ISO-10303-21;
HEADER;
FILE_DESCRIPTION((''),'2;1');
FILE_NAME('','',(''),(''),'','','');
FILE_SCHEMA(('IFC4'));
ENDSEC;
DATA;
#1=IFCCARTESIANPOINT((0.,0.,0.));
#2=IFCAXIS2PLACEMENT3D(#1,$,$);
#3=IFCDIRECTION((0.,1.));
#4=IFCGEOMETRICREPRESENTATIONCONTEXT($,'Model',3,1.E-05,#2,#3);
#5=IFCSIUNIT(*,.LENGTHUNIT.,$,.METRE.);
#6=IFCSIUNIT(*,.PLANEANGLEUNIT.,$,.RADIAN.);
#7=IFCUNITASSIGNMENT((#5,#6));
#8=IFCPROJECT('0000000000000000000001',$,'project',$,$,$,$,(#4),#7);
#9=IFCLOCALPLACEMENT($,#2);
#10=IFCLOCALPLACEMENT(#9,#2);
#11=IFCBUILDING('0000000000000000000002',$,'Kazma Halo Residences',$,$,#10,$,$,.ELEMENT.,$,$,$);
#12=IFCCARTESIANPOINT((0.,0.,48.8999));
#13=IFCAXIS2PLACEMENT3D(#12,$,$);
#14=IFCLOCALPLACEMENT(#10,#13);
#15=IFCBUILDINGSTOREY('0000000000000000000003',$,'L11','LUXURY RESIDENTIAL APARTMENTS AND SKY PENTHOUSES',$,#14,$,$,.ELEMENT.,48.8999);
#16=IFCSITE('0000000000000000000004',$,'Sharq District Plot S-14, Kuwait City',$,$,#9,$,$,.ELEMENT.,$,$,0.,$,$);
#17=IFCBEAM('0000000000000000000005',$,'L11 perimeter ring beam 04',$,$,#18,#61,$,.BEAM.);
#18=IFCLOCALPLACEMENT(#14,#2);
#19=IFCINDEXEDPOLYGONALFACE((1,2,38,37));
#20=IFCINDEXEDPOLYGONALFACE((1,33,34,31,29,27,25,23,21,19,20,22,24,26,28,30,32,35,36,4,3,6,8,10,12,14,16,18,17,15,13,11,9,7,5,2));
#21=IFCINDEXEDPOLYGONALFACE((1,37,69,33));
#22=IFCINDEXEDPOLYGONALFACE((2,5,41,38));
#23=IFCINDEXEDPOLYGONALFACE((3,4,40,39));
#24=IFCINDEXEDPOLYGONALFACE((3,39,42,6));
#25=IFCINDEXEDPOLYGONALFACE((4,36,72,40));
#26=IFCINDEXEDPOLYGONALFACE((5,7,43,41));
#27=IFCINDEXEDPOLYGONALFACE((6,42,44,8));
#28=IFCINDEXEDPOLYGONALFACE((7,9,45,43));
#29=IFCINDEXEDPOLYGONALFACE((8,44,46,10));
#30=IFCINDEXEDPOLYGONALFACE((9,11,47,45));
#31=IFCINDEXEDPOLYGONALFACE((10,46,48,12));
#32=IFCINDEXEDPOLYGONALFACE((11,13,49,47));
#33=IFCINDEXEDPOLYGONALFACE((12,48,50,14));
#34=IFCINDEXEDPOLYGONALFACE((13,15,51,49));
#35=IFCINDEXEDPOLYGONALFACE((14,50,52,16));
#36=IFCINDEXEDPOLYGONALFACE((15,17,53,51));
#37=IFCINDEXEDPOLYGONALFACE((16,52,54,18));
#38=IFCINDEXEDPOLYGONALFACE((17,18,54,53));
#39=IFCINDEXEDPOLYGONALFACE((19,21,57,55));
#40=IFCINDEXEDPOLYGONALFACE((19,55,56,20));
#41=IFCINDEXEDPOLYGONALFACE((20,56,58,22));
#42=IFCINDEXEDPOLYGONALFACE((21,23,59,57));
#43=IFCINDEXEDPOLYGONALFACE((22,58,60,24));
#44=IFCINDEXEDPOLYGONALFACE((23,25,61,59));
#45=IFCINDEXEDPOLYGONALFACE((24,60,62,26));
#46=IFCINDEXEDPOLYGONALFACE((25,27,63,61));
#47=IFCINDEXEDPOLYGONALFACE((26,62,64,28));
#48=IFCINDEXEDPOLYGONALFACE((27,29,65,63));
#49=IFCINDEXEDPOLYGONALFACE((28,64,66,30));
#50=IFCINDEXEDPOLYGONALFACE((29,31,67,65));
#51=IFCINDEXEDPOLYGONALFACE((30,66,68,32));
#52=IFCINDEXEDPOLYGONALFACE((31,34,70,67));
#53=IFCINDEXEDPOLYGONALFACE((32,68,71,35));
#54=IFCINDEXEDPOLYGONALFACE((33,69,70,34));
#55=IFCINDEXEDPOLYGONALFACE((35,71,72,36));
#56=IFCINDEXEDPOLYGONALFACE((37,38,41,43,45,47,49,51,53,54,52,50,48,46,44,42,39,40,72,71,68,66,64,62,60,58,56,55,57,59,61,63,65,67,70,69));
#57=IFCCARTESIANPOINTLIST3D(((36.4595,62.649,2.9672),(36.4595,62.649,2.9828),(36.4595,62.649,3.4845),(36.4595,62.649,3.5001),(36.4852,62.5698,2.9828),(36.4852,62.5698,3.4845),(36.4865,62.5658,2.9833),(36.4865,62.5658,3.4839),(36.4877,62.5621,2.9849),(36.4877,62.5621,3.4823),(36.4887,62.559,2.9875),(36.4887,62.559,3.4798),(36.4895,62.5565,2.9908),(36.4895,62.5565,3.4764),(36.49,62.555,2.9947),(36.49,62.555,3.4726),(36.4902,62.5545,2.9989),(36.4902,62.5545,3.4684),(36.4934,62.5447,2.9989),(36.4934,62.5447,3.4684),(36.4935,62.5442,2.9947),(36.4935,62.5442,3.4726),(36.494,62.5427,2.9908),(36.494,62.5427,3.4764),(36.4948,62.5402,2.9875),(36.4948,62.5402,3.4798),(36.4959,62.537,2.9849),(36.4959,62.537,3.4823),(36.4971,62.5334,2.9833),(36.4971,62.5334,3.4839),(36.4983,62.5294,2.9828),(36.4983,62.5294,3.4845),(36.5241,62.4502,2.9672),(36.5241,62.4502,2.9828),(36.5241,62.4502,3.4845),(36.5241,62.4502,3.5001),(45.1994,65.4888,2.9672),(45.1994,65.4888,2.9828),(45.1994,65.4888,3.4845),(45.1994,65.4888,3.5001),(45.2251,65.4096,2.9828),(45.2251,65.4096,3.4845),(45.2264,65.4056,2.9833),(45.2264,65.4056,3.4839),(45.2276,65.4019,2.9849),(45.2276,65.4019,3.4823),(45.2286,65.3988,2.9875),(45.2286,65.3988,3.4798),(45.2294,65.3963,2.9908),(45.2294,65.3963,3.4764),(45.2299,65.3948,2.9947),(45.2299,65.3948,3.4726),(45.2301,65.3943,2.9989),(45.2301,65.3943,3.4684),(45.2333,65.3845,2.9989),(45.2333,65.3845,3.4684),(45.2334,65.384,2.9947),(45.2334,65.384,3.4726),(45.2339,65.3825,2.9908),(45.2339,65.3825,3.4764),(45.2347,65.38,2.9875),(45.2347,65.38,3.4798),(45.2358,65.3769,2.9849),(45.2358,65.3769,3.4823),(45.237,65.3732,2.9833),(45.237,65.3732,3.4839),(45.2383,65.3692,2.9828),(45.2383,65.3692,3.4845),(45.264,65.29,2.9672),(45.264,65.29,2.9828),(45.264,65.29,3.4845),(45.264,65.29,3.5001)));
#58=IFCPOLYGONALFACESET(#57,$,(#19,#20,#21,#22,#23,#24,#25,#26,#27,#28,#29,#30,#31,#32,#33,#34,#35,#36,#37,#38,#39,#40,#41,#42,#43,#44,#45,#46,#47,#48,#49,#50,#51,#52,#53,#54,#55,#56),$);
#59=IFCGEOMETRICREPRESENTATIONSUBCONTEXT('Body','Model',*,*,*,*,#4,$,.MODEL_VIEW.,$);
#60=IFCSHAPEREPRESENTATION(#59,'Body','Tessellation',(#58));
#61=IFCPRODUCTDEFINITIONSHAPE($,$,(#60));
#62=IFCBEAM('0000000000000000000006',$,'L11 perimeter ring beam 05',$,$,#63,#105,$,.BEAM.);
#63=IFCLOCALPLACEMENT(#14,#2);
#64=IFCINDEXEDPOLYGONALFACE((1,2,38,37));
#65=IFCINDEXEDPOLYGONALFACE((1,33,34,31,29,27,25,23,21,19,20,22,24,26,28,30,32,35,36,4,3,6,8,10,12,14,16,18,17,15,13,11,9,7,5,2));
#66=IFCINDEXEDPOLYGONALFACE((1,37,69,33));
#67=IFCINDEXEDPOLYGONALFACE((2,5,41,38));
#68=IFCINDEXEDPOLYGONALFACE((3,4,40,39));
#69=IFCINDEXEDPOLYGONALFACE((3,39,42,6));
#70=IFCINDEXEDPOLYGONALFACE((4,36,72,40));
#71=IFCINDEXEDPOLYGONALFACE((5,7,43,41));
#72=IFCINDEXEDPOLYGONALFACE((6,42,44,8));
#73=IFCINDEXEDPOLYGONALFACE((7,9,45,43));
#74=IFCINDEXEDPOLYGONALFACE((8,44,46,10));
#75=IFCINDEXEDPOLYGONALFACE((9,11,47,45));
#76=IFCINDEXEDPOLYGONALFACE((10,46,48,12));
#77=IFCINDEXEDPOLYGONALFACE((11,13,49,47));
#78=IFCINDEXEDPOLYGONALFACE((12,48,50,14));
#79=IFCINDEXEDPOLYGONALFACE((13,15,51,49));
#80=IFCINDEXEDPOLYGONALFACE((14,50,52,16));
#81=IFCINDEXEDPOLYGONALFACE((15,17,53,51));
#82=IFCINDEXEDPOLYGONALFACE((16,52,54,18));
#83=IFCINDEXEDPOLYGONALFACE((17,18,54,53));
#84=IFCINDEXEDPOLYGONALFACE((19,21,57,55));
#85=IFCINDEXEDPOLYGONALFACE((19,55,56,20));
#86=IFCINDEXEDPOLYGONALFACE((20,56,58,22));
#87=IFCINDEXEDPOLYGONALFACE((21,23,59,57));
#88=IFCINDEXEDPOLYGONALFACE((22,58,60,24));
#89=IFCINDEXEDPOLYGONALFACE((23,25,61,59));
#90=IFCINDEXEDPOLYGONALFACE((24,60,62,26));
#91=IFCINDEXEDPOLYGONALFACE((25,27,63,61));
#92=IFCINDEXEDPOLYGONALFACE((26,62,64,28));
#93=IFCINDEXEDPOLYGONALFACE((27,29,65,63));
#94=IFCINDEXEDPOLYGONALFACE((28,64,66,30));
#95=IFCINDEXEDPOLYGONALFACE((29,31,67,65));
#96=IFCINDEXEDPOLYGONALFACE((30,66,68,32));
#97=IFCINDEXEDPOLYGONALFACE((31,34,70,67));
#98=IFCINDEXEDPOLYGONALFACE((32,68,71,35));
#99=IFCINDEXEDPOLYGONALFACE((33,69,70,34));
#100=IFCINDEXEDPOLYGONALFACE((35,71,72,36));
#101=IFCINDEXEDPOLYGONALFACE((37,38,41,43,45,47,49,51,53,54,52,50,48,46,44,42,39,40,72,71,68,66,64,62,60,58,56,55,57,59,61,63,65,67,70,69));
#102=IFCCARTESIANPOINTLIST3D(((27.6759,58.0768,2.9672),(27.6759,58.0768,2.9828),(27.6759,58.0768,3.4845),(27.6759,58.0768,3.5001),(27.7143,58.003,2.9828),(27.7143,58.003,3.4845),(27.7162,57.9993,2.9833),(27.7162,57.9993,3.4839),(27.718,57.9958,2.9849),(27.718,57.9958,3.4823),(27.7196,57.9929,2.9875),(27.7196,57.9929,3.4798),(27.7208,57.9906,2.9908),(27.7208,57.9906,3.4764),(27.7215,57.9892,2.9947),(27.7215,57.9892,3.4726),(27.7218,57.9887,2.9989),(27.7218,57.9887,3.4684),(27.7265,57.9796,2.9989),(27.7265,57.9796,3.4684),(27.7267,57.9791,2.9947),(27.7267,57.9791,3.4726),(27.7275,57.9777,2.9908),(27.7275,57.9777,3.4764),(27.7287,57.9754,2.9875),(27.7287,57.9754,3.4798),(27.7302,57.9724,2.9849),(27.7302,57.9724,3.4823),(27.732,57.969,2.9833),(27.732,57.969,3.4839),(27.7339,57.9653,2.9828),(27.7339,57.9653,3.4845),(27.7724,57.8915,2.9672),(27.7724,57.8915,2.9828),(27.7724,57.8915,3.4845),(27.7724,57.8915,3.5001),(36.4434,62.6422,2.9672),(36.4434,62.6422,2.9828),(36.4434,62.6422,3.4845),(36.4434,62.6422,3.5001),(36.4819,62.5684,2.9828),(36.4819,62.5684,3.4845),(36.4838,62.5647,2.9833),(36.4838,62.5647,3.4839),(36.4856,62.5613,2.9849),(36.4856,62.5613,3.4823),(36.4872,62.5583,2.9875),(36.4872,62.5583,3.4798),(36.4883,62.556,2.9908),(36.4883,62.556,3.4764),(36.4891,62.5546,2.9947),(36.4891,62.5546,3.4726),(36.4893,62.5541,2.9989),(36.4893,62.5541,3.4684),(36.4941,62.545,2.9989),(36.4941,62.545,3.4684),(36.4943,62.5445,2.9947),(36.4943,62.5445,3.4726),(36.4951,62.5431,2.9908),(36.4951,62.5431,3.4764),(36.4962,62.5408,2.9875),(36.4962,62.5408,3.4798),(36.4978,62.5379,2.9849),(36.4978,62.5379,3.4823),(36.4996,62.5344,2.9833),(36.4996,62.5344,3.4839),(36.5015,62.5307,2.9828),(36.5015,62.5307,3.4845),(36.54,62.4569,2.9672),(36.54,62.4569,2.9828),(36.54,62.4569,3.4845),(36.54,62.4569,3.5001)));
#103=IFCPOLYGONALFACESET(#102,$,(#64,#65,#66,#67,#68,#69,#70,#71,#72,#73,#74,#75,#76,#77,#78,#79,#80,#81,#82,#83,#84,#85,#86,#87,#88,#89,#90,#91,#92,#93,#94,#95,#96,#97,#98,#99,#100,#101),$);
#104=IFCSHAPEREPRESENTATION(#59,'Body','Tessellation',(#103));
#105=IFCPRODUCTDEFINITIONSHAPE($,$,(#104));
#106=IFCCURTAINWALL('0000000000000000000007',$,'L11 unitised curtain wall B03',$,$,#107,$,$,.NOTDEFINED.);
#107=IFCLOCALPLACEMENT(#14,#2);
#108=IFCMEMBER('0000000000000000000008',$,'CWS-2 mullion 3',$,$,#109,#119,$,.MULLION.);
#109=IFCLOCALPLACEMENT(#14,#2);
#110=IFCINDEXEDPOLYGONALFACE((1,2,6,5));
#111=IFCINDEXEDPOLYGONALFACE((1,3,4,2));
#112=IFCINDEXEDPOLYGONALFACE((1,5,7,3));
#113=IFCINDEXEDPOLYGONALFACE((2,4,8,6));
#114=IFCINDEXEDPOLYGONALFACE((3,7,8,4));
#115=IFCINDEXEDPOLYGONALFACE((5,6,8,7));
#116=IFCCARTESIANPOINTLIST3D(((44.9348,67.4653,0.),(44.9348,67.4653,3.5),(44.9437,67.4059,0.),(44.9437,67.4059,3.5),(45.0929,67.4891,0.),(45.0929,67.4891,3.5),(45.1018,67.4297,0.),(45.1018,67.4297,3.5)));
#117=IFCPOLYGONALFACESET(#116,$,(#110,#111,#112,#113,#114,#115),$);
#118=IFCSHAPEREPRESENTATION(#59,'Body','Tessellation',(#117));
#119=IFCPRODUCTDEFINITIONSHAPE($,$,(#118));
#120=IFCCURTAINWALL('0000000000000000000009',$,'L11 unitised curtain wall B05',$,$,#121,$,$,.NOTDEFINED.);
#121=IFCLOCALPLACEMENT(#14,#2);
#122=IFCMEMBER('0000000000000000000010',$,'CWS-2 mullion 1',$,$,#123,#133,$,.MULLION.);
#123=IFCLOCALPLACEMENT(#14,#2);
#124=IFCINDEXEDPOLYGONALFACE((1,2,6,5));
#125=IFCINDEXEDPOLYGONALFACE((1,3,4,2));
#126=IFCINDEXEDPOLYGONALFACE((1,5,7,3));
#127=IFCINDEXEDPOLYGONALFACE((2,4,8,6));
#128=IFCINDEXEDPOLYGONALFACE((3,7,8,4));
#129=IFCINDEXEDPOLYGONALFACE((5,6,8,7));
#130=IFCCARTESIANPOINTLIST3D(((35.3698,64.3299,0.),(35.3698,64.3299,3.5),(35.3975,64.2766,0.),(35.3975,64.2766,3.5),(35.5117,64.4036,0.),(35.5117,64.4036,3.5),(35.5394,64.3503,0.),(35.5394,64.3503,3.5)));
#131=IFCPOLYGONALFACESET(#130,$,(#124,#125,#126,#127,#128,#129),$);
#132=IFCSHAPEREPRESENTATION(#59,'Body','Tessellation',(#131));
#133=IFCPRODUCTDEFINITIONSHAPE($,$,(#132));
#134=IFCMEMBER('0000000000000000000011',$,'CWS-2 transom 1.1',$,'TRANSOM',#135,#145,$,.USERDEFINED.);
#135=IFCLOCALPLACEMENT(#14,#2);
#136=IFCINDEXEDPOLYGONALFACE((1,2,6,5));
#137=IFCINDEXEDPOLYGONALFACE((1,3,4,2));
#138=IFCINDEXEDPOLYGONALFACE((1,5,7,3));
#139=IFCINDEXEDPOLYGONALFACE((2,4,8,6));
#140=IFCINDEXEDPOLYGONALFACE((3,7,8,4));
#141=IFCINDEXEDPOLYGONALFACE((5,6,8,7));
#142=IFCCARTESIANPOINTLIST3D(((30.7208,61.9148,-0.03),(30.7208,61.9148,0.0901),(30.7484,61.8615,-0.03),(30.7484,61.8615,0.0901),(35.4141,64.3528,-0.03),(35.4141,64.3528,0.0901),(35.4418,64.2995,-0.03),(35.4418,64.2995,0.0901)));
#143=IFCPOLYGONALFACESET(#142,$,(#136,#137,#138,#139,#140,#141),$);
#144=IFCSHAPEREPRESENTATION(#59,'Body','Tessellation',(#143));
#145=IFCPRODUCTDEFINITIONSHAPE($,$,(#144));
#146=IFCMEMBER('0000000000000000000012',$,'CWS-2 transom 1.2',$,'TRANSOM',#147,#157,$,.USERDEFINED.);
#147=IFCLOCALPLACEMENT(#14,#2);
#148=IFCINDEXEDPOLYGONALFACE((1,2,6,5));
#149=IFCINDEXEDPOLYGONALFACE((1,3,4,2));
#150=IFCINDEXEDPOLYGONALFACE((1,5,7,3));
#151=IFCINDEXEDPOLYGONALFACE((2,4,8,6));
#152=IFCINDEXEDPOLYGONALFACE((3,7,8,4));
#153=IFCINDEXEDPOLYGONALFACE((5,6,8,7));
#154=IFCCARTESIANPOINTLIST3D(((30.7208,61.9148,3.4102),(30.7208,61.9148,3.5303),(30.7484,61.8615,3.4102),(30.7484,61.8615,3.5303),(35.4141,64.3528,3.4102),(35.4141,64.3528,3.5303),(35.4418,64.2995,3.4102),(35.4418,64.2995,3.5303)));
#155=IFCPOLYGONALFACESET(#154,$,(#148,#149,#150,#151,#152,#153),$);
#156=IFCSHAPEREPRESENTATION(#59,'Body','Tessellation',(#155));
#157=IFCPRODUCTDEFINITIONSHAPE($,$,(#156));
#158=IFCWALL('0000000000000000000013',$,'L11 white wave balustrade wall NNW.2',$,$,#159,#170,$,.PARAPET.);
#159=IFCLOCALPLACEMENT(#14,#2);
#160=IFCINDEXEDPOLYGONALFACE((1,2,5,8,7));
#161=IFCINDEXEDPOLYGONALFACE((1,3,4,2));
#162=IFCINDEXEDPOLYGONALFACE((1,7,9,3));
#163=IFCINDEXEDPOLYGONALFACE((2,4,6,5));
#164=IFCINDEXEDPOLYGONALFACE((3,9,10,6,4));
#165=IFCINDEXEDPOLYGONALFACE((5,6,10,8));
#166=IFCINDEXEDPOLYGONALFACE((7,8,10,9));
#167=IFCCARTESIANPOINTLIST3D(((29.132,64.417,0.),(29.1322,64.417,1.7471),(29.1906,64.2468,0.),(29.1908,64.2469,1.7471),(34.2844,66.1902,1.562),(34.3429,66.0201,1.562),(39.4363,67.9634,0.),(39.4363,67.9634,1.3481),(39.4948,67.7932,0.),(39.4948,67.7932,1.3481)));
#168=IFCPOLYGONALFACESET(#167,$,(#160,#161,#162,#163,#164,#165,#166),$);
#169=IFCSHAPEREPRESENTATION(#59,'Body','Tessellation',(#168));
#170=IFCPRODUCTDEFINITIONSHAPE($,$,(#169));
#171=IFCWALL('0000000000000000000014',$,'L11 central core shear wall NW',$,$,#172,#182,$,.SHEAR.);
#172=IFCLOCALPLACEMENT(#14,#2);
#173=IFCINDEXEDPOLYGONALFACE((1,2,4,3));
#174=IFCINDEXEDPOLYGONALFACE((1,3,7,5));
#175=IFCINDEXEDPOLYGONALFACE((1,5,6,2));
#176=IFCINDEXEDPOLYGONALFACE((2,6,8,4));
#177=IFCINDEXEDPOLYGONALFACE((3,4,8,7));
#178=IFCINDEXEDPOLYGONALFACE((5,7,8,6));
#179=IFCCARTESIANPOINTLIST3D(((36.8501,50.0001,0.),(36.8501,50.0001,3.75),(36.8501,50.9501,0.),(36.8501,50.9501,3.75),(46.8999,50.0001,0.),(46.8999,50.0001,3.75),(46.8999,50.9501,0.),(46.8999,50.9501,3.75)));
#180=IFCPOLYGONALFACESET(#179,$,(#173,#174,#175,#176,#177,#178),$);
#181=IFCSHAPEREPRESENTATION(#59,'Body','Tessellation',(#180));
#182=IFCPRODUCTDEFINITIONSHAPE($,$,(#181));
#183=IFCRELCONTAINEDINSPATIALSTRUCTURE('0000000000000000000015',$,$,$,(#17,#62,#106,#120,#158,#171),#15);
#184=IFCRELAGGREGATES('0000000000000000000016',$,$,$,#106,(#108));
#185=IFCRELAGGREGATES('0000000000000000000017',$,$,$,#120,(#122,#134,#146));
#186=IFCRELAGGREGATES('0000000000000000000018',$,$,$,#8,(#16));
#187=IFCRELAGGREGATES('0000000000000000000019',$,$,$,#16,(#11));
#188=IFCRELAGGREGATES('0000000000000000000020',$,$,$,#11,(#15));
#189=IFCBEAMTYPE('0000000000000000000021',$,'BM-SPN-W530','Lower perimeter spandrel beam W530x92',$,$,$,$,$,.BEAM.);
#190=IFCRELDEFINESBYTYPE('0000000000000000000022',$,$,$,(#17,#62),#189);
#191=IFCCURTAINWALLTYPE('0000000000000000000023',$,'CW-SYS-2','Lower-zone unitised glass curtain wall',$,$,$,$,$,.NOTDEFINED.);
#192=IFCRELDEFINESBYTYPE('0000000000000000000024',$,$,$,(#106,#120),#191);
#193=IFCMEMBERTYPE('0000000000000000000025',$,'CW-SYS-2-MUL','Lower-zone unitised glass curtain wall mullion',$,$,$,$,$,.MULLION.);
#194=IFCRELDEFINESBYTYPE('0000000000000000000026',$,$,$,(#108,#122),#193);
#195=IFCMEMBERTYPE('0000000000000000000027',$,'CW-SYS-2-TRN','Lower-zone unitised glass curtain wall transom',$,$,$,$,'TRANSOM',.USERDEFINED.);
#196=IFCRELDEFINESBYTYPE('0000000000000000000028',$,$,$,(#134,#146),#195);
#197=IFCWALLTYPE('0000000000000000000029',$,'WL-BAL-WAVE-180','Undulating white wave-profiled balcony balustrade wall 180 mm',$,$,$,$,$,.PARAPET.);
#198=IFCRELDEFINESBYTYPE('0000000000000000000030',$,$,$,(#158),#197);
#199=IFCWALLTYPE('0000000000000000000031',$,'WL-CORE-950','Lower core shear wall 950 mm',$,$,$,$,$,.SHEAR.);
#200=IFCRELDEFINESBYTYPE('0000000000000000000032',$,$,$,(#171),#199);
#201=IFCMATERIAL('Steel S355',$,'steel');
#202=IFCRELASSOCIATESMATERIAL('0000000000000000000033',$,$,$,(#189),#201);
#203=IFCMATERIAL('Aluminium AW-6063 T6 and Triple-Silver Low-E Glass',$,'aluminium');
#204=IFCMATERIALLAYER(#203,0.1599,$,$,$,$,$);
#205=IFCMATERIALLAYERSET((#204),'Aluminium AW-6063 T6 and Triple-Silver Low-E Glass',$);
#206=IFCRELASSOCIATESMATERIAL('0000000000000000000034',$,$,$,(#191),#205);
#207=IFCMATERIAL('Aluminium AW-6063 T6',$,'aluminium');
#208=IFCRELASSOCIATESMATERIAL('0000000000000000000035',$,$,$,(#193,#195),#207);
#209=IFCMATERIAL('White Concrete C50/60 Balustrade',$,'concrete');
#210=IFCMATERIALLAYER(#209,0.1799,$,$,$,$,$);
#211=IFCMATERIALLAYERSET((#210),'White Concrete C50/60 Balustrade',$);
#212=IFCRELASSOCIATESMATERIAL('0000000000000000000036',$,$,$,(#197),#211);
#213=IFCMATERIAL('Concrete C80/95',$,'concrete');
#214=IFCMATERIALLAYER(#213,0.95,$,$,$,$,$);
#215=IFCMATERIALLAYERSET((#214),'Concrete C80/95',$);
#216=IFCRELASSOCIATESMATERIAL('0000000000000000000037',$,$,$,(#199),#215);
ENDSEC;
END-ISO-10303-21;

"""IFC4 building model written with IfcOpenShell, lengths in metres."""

from ifc_helpers import new_model, si_unit, direction, frame, frame_2d, origin, origin_2d, place, context, subcontext, project, spatial, polyline, rectangle, i_section, outline, extrude, material, layer, layer_set, material_profile, profile_set, type_object, element, aggregate, save


model = new_model("IFC4")

# Units and contexts
model_context = context("Model", 3, precision=1e-05, world=origin(), true_north=direction((0.0, 1.0)))
body_context = subcontext(model_context, "Body", "Model", "MODEL_VIEW")
ifc_project = project(units=[si_unit("LENGTHUNIT", "METRE"), si_unit("PLANEANGLEUNIT", "RADIAN")], contexts=[model_context])

# Site, building, storey
site_placement = place(None, origin())
site = spatial("IfcSite", under=ifc_project, at=site_placement, Name="Sharq District Plot S-14, Kuwait City", CompositionType="ELEMENT", RefElevation=0.0)
building_placement = place(site_placement, origin())
building = spatial("IfcBuilding", under=site, at=building_placement, Name="Kazma Halo Residences", CompositionType="ELEMENT")
storey_placement = place(building_placement, frame((0.0, 0.0, 48.8999)))
storey = spatial("IfcBuildingStorey", under=building, at=storey_placement, Name="L11", Description="LUXURY RESIDENTIAL APARTMENTS AND SKY PENTHOUSES", CompositionType="ELEMENT", Elevation=48.8999)

# Shared definitions
ifc_material_1 = material(Name="Concrete C80/95", Category="concrete")

# Beams
ifc_material_2 = material(Name="Steel S355", Category="steel")
ifc_material_profile_1 = material_profile(ifc_material_2, i_section(OverallWidth=0.209, OverallDepth=0.533, WebThickness=0.0103, FlangeThickness=0.0156, FilletRadius=0.0161, at=origin_2d()), Name="W530x92")
ifc_profile_set_1 = profile_set([ifc_material_profile_1], Name="Steel S355")
beam_type_1 = type_object("IfcBeamType", Name="BM-SPN-W530", Description="Lower perimeter spandrel beam W530x92", PredefinedType="BEAM", material=ifc_profile_set_1)
beam_1_placement = place(storey_placement, frame((45.2317, 65.3894, 3.2336), z_axis=(-0.951055, -0.309022, 0.0), x_axis=(0.309022, -0.951055, 0.0)))
element("IfcBeam", 1, at=beam_1_placement, inside=storey, type_object=beam_type_1, Name="L11 perimeter ring beam 04", PredefinedType="BEAM", context=body_context, shape_type="SweptSolid", body=[
    extrude(i_section(OverallWidth=0.209, OverallDepth=0.533, WebThickness=0.0103, FlangeThickness=0.0156, FilletRadius=0.0161, at=origin_2d()), origin(), (0.0, 0.0, 1.0), 9.1897),
])
beam_2_placement = place(storey_placement, frame((36.4917, 62.5496, 3.2336), z_axis=(-0.886956, -0.461853, 0.0), x_axis=(0.461853, -0.886956, 0.0)))
element("IfcBeam", 2, at=beam_2_placement, inside=storey, type_object=beam_type_1, Name="L11 perimeter ring beam 05", PredefinedType="BEAM", context=body_context, shape_type="SweptSolid", body=[
    extrude(i_section(OverallWidth=0.209, OverallDepth=0.533, WebThickness=0.0103, FlangeThickness=0.0156, FilletRadius=0.0161, at=origin_2d()), origin(), (0.0, 0.0, 1.0), 9.885),
])

# Curtain wall, member
ifc_material_3 = material(Name="Aluminium AW-6063 T6 and Triple-Silver Low-E Glass", Category="aluminium")
ifc_layer_1 = layer(ifc_material_3, 0.1599)
ifc_layer_set_1 = layer_set([ifc_layer_1], Name="Aluminium AW-6063 T6 and Triple-Silver Low-E Glass")
curtain_wall_type = type_object("IfcCurtainWallType", Name="CW-SYS-2", Description="Lower-zone unitised glass curtain wall", PredefinedType="NOTDEFINED", material=ifc_layer_set_1)
curtain_wall_1_placement = place(storey_placement, origin())
curtain_wall_1 = element("IfcCurtainWall", 3, at=curtain_wall_1_placement, inside=storey, type_object=curtain_wall_type, Name="L11 unitised curtain wall B03", PredefinedType="NOTDEFINED")
ifc_material_4 = material(Name="Aluminium AW-6063 T6", Category="aluminium")
ifc_material_profile_2 = material_profile(ifc_material_4, rectangle(XDim=0.0601, YDim=0.1599, at=origin_2d()), Name="CWM-60x160")
ifc_profile_set_2 = profile_set([ifc_material_profile_2], Name="Aluminium AW-6063 T6")
member_type_1 = type_object("IfcMemberType", Name="CW-SYS-2-MUL", Description="Lower-zone unitised glass curtain wall mullion", PredefinedType="MULLION", material=ifc_profile_set_2)
member_1_placement = place(storey_placement, frame((45.0183, 67.4475, 0.0), z_axis=(0.0, 0.0, 1.0), x_axis=(0.148657, -0.988889, 0.0)))
member_1 = element("IfcMember", 4, at=member_1_placement, type_object=member_type_1, Name="CWS-2 mullion 3", PredefinedType="MULLION", context=body_context, shape_type="SweptSolid", body=[
    extrude(rectangle(XDim=0.0601, YDim=0.1599, at=origin_2d()), origin(), (0.0, 0.0, 1.0), 3.5),
])
aggregate(curtain_wall_1, [member_1])

# Curtain wall, members
curtain_wall_2_placement = place(storey_placement, origin())
curtain_wall_2 = element("IfcCurtainWall", 5, at=curtain_wall_2_placement, inside=storey, type_object=curtain_wall_type, Name="L11 unitised curtain wall B05", PredefinedType="NOTDEFINED")
member_2_placement = place(storey_placement, frame((35.4546, 64.3401, 0.0), z_axis=(0.0, 0.0, 1.0), x_axis=(0.460996, -0.887402, 0.0)))
member_2 = element("IfcMember", 6, at=member_2_placement, type_object=member_type_1, Name="CWS-2 mullion 1", PredefinedType="MULLION", context=body_context, shape_type="SweptSolid", body=[
    extrude(rectangle(XDim=0.0601, YDim=0.1599, at=origin_2d()), origin(), (0.0, 0.0, 1.0), 3.5),
])
ifc_material_profile_3 = material_profile(ifc_material_4, rectangle(XDim=0.0601, YDim=0.1201, at=origin_2d()), Name="CWT-60x120")
ifc_profile_set_3 = profile_set([ifc_material_profile_3], Name="Aluminium AW-6063 T6")
member_type_2 = type_object("IfcMemberType", Name="CW-SYS-2-TRN", Description="Lower-zone unitised glass curtain wall transom", ElementType="TRANSOM", PredefinedType="USERDEFINED", material=ifc_profile_set_3)
member_3_placement = place(storey_placement, frame((35.428, 64.3262, 0.03), z_axis=(-0.887415, -0.460972, 0.0), x_axis=(0.460972, -0.887415, 0.0)))
member_3 = element("IfcMember", 7, at=member_3_placement, type_object=member_type_2, Name="CWS-2 transom 1.1", ObjectType="TRANSOM", PredefinedType="USERDEFINED", context=body_context, shape_type="SweptSolid", body=[
    extrude(rectangle(XDim=0.0601, YDim=0.1201, at=origin_2d()), origin(), (0.0, 0.0, 1.0), 5.2888),
])
member_4_placement = place(storey_placement, frame((35.428, 64.3262, 3.4702), z_axis=(-0.887415, -0.460972, 0.0), x_axis=(0.460972, -0.887415, 0.0)))
member_4 = element("IfcMember", 8, at=member_4_placement, type_object=member_type_2, Name="CWS-2 transom 1.2", ObjectType="TRANSOM", PredefinedType="USERDEFINED", context=body_context, shape_type="SweptSolid", body=[
    extrude(rectangle(XDim=0.0601, YDim=0.1201, at=origin_2d()), origin(), (0.0, 0.0, 1.0), 5.2888),
])
aggregate(curtain_wall_2, [member_2, member_3, member_4])

# Walls
ifc_material_5 = material(Name="White Concrete C50/60 Balustrade", Category="concrete")
ifc_layer_2 = layer(ifc_material_5, 0.1799)
ifc_layer_set_2 = layer_set([ifc_layer_2], Name="White Concrete C50/60 Balustrade")
wall_type_1 = type_object("IfcWallType", Name="WL-BAL-WAVE-180", Description="Undulating white wave-profiled balcony balustrade wall 180 mm", PredefinedType="PARAPET", material=ifc_layer_set_2)
wall_1_placement = place(storey_placement, frame((39.4656, 67.8782, 0.0), z_axis=(0.0, 0.0, 1.0), x_axis=(-0.945565, -0.325434, 0.0)))
element("IfcWall", 9, at=wall_1_placement, inside=storey, type_object=wall_type_1, Name="L11 white wave balustrade wall NNW.2", PredefinedType="PARAPET", context=body_context, shape_type="SweptSolid", body=[
    extrude(outline(polyline([(0.0, 0.0), (10.8975, 0.0), (10.8972, 1.7471), (5.4485, 1.562), (0.0, 1.3481), (0.0, 0.0)])), frame((0.0, 0.0898, 0.0), z_axis=(0.0, -1.0, 0.0), x_axis=(1.0, 0.0, 0.0)), (0.0, 0.0, 1.0), 0.1799),
])
ifc_layer_3 = layer(ifc_material_1, 0.95)
ifc_layer_set_3 = layer_set([ifc_layer_3], Name="Concrete C80/95")
wall_type_2 = type_object("IfcWallType", Name="WL-CORE-950", Description="Lower core shear wall 950 mm", PredefinedType="SHEAR", material=ifc_layer_set_3)
wall_2_placement = place(storey_placement, frame((36.8501, 50.4751, 0.0), z_axis=(0.0, 0.0, 1.0), x_axis=(1.0, 0.0, 0.0)))
element("IfcWall", 10, at=wall_2_placement, inside=storey, type_object=wall_type_2, Name="L11 central core shear wall NW", PredefinedType="SHEAR", context=body_context, shape_type="SweptSolid", body=[
    extrude(rectangle(XDim=10.0498, YDim=0.95, at=frame_2d((5.0249, 0.0))), origin(), (0.0, 0.0, 1.0), 3.75),
])

save(model, "model.ifc")
